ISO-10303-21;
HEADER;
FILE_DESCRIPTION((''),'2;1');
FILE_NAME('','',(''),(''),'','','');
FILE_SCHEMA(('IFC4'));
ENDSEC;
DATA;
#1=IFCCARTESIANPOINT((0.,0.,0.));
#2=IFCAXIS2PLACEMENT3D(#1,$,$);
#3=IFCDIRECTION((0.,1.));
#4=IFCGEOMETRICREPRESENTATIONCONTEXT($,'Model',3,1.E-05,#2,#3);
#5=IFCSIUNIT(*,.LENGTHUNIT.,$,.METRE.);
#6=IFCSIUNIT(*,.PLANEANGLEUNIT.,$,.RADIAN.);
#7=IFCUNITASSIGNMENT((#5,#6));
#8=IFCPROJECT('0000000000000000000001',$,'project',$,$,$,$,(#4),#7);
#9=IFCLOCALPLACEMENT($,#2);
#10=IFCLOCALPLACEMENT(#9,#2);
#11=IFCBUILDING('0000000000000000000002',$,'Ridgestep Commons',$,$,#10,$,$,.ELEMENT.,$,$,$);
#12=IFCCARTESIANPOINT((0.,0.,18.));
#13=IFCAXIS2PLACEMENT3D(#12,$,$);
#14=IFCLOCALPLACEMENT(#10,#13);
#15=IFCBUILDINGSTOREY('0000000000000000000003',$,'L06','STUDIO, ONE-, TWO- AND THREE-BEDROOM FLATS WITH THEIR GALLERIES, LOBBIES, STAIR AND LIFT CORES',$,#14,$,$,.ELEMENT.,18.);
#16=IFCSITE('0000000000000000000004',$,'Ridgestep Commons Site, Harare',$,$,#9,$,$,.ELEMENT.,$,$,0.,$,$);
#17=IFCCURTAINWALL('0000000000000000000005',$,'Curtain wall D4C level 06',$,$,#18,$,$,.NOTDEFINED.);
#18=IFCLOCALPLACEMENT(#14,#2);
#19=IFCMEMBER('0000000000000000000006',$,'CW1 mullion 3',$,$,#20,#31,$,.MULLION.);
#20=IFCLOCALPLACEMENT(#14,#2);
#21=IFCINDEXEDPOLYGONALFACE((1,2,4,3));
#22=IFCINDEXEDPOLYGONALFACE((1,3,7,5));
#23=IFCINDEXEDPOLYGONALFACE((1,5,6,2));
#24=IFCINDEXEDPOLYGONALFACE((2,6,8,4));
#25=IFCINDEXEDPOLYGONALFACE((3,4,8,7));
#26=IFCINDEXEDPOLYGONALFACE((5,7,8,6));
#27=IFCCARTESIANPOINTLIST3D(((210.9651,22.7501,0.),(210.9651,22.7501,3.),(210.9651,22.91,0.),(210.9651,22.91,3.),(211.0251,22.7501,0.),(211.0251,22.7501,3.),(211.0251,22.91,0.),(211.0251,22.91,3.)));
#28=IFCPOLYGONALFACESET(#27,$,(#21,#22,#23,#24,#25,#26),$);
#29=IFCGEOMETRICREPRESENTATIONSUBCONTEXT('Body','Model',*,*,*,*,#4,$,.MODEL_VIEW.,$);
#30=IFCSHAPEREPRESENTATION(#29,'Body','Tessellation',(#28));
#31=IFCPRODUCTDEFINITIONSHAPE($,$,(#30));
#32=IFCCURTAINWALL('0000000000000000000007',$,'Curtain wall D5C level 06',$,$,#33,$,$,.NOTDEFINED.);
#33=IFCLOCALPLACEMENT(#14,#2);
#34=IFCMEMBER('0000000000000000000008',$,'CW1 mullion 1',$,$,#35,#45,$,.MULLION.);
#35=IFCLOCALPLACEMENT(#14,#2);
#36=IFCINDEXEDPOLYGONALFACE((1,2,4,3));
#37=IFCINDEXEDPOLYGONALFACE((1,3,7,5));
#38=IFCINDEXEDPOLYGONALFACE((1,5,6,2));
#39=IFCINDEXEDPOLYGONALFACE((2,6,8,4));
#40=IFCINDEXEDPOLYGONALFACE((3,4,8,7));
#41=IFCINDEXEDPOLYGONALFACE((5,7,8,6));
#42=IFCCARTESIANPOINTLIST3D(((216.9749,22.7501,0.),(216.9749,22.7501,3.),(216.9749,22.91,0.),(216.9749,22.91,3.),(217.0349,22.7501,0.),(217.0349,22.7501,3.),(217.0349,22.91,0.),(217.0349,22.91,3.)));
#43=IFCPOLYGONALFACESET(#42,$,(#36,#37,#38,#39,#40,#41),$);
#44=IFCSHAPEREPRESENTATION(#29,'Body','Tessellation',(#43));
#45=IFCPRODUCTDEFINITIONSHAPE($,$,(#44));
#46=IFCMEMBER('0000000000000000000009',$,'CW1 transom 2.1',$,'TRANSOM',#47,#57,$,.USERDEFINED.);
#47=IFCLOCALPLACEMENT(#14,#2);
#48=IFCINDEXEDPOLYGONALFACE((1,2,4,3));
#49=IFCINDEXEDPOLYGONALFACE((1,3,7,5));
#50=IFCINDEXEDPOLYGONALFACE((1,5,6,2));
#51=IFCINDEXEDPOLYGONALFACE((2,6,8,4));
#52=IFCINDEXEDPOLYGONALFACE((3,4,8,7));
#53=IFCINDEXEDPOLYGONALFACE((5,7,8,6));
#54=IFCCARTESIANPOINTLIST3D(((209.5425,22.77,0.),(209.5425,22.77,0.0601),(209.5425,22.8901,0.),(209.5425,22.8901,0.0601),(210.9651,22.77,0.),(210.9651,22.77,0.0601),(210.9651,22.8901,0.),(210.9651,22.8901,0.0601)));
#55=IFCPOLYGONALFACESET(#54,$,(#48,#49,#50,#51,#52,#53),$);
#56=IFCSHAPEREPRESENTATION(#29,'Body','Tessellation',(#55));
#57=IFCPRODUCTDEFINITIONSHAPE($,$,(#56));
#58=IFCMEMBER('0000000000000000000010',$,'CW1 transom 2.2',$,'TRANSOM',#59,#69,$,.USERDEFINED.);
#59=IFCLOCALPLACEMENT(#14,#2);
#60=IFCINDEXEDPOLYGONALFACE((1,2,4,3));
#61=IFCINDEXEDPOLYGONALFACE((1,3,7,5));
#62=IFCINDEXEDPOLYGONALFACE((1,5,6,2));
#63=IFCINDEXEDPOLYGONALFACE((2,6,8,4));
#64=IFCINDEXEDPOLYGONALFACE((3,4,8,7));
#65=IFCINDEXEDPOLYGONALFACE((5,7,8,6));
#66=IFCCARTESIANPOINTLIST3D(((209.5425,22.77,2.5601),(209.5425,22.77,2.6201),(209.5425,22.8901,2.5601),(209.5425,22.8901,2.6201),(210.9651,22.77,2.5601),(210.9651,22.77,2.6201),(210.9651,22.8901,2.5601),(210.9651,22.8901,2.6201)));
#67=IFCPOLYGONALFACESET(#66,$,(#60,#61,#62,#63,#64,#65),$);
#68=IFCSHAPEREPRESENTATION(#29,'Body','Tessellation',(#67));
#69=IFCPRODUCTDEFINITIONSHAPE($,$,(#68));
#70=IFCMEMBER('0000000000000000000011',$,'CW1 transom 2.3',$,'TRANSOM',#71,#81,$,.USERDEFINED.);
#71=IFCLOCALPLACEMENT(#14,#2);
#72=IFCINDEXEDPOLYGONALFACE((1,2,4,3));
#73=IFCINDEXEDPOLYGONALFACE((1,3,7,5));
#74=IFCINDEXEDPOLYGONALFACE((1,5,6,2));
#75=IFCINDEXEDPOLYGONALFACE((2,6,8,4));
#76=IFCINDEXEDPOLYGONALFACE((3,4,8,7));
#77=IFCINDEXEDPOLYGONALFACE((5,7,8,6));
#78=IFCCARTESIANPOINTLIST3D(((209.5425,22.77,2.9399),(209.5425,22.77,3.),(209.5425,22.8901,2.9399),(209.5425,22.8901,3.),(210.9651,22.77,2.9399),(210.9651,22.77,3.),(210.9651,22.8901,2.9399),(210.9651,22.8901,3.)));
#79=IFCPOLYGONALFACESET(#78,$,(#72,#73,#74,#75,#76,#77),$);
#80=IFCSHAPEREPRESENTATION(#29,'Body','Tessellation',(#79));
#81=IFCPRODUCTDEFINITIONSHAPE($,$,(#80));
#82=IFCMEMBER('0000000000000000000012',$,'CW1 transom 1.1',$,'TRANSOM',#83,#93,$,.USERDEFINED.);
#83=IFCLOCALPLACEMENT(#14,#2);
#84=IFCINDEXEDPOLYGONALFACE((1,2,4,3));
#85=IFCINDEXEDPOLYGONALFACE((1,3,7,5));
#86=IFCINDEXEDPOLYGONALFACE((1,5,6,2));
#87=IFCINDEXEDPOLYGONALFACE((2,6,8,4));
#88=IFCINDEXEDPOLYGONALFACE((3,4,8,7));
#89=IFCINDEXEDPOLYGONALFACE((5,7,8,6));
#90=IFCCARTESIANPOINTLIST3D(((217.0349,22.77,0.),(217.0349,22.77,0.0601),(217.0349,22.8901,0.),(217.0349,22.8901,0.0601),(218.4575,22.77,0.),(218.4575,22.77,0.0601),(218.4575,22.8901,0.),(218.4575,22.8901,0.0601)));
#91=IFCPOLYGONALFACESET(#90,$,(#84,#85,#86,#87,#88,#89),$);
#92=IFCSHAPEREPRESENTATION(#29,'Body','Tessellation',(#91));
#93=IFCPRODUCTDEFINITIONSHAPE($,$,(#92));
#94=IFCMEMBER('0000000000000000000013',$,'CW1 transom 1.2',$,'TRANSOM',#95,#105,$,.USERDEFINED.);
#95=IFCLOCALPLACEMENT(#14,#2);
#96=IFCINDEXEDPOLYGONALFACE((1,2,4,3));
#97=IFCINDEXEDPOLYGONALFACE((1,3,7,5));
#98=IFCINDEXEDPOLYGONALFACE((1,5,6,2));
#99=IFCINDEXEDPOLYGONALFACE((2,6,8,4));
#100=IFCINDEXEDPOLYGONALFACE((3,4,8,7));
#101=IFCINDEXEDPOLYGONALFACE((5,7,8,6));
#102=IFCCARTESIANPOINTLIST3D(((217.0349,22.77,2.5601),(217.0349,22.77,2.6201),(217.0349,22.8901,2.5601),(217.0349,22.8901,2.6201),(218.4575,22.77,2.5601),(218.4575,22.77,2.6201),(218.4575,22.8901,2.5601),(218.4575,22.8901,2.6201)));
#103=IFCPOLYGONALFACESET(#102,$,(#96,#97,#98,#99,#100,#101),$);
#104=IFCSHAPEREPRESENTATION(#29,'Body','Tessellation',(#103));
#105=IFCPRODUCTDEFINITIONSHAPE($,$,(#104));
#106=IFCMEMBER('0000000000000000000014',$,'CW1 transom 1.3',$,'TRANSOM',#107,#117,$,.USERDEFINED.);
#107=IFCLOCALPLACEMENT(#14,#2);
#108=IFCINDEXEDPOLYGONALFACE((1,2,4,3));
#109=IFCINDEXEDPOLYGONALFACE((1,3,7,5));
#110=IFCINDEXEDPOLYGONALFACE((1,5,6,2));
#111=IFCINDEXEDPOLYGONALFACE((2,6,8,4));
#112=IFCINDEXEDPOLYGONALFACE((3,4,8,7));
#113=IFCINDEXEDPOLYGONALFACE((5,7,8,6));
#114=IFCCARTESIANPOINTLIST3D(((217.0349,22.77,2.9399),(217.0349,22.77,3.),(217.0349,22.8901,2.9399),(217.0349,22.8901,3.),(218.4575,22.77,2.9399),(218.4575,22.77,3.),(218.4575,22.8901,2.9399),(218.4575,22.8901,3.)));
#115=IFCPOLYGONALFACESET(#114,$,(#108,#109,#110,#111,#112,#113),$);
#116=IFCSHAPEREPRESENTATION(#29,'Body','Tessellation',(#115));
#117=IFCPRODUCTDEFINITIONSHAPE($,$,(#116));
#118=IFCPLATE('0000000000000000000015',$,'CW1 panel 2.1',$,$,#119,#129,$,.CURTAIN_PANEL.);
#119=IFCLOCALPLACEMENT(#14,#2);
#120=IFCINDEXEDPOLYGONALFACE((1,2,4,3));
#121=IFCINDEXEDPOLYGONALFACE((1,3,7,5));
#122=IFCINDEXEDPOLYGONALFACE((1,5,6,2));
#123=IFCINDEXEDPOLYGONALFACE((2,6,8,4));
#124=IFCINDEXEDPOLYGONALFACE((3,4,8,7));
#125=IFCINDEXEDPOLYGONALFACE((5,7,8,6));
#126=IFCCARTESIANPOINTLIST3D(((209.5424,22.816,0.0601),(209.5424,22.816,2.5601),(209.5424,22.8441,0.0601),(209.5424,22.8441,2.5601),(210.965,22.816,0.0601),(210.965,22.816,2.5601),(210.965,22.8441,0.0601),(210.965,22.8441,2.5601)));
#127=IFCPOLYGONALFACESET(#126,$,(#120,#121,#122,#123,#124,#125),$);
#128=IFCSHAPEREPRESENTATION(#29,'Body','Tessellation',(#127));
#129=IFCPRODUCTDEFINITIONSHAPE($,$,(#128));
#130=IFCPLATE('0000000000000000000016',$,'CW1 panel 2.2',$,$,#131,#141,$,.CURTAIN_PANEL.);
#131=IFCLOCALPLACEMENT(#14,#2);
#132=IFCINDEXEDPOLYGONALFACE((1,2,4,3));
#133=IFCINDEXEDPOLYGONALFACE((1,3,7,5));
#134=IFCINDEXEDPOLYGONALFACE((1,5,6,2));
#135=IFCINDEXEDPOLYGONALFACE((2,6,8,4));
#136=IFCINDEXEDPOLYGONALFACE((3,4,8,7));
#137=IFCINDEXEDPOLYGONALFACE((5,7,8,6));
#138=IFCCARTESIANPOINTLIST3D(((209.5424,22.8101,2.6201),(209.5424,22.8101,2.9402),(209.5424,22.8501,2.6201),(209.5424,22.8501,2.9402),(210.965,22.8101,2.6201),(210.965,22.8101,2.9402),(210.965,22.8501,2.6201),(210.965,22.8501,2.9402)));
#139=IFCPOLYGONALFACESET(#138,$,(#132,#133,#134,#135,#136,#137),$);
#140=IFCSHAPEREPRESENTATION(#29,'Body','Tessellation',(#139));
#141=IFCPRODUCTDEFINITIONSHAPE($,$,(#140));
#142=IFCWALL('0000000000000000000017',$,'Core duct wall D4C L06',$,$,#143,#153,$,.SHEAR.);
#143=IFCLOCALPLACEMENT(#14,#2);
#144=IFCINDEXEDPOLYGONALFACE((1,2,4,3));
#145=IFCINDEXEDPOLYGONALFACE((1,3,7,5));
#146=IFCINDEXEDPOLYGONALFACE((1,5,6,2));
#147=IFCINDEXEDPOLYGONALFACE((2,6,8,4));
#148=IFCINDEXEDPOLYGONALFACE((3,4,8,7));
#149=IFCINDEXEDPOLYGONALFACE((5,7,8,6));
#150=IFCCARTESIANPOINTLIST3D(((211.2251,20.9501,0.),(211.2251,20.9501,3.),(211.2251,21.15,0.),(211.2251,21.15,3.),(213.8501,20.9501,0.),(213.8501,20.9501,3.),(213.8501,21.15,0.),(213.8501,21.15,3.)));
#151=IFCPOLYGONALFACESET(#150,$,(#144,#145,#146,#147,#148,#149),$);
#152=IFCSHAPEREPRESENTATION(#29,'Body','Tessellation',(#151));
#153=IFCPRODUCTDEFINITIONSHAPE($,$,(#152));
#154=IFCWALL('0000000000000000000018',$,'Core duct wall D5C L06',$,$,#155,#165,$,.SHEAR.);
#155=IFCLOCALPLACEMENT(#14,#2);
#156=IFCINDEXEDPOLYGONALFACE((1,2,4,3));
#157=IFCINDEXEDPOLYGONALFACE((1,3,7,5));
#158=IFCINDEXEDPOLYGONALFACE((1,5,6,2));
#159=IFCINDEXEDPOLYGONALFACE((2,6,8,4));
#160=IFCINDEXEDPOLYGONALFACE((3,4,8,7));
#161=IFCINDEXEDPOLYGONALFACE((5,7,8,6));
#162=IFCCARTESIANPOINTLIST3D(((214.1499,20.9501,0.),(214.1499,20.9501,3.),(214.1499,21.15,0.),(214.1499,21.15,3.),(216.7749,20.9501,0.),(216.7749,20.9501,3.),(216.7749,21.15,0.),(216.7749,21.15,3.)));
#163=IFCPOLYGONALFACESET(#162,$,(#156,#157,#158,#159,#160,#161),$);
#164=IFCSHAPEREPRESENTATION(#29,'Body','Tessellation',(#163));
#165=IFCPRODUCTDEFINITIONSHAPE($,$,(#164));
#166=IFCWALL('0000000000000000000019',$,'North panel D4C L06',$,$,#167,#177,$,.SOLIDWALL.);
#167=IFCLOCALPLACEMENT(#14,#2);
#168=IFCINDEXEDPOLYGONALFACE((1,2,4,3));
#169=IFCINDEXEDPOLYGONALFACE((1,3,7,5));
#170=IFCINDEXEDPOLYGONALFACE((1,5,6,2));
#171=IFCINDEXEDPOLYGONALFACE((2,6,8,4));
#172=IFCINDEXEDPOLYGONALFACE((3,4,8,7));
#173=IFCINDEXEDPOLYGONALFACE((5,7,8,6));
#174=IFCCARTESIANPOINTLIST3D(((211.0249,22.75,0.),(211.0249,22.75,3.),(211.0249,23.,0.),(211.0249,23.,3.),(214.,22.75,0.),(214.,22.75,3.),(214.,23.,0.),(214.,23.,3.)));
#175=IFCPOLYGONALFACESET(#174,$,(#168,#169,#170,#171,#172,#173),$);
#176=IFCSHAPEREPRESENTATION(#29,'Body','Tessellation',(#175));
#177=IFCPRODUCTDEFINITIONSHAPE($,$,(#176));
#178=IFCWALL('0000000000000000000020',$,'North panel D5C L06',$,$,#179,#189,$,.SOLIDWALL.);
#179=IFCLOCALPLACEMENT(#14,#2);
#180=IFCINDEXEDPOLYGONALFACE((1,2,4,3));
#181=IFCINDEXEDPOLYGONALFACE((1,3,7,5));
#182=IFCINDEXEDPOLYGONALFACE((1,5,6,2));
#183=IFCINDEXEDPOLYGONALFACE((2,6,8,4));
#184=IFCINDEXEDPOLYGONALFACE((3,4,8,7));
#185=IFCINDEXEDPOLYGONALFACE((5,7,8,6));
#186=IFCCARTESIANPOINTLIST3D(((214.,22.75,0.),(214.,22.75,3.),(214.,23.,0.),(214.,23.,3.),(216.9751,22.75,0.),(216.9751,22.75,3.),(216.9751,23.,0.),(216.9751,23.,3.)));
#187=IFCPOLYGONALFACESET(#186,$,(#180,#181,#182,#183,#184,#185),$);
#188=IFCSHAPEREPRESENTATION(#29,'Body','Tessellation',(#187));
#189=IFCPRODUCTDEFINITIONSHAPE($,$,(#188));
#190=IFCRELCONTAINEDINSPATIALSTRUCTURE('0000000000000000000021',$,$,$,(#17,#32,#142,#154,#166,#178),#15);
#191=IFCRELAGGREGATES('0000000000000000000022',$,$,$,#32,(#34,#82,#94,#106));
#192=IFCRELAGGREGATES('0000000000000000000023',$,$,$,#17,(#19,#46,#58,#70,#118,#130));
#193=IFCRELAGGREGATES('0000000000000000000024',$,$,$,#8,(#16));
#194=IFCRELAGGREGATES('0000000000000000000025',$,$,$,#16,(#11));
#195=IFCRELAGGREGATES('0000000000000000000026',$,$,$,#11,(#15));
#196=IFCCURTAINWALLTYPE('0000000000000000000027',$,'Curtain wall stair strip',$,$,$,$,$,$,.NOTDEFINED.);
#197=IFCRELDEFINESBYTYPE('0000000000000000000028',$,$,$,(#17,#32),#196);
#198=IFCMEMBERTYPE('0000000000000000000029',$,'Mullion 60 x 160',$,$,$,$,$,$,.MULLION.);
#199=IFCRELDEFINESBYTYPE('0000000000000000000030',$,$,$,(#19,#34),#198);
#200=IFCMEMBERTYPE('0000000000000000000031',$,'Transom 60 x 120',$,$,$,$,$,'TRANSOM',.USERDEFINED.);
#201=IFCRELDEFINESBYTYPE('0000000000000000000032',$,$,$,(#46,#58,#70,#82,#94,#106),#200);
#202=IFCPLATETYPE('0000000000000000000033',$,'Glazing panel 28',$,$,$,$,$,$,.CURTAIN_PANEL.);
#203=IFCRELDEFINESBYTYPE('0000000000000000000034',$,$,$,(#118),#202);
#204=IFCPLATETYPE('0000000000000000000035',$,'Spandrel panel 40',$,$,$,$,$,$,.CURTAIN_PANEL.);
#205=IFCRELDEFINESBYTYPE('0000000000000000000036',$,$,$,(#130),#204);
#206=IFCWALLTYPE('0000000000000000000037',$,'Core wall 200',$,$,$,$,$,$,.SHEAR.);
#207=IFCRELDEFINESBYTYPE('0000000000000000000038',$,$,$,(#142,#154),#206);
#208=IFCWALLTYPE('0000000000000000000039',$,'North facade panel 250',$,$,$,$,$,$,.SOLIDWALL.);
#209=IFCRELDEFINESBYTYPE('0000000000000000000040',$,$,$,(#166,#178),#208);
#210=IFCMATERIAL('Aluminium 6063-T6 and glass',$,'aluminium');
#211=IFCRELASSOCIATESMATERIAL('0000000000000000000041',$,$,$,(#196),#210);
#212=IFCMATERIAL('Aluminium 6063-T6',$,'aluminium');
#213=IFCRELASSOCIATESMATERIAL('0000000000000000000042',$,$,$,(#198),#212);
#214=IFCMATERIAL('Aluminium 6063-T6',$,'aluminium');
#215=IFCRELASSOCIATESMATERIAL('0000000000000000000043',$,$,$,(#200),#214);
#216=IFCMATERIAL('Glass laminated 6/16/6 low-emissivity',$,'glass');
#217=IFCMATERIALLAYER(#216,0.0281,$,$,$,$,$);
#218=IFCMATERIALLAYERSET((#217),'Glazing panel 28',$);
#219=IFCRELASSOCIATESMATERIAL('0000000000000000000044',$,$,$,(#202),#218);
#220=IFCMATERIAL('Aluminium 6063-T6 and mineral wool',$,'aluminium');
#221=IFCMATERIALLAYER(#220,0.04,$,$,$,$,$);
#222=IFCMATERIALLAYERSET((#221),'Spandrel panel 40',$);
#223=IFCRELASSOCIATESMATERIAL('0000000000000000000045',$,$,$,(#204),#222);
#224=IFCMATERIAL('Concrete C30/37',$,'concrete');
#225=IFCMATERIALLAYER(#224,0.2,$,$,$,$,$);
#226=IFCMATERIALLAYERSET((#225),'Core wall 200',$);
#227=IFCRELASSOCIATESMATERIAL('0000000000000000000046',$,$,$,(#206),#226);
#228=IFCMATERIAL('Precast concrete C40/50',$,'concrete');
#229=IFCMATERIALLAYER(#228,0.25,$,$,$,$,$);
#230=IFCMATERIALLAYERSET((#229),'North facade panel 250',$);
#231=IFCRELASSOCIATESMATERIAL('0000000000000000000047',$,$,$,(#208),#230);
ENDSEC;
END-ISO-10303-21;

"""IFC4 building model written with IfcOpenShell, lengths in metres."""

from ifc_helpers import new_model, si_unit, direction, frame, frame_2d, origin, origin_2d, place, context, subcontext, project, spatial, rectangle, extrude, material, layer, layer_set, material_profile, profile_set, type_object, element, aggregate, save


model = new_model("IFC4")

# Units and contexts
model_context = context("Model", 3, precision=1e-05, world=origin(), true_north=direction((0.0, 1.0)))
body_context = subcontext(model_context, "Body", "Model", "MODEL_VIEW")
ifc_project = project(units=[si_unit("LENGTHUNIT", "METRE"), si_unit("PLANEANGLEUNIT", "RADIAN")], contexts=[model_context])

# Site, building, storey
site_placement = place(None, origin())
site = spatial("IfcSite", under=ifc_project, at=site_placement, Name="Ridgestep Commons Site, Harare", CompositionType="ELEMENT", RefElevation=0.0)
building_placement = place(site_placement, origin())
building = spatial("IfcBuilding", under=site, at=building_placement, Name="Ridgestep Commons", CompositionType="ELEMENT")
storey_placement = place(building_placement, frame((0.0, 0.0, 18.0)))
storey = spatial("IfcBuildingStorey", under=building, at=storey_placement, Name="L06", Description="STUDIO, ONE-, TWO- AND THREE-BEDROOM FLATS WITH THEIR GALLERIES, LOBBIES, STAIR AND LIFT CORES", CompositionType="ELEMENT", Elevation=18.0)

# Curtain walls, members
ifc_material_1 = material(Name="Aluminium 6063-T6 and glass", Category="aluminium")
curtain_wall_type = type_object("IfcCurtainWallType", Name="Curtain wall stair strip", PredefinedType="NOTDEFINED", material=ifc_material_1)
curtain_wall_1_placement = place(storey_placement, origin())
curtain_wall_1 = element("IfcCurtainWall", 1, at=curtain_wall_1_placement, inside=storey, type_object=curtain_wall_type, Name="Curtain wall D4C level 06", PredefinedType="NOTDEFINED")
ifc_material_2 = material(Name="Aluminium 6063-T6", Category="aluminium")
ifc_material_profile_1 = material_profile(ifc_material_2, rectangle(XDim=0.1599, YDim=0.0601, at=origin_2d()), Name="Mullion 60 x 160")
ifc_profile_set_1 = profile_set([ifc_material_profile_1], Name="Aluminium 6063-T6")
member_type_1 = type_object("IfcMemberType", Name="Mullion 60 x 160", PredefinedType="MULLION", material=ifc_profile_set_1)
member_1_placement = place(storey_placement, frame((210.9951, 22.8301, 0.0), z_axis=(0.0, 0.0, 1.0), x_axis=(0.0, 1.0, 0.0)))
member_1 = element("IfcMember", 2, at=member_1_placement, type_object=member_type_1, Name="CW1 mullion 3", PredefinedType="MULLION", context=body_context, shape_type="SweptSolid", body=[
    extrude(rectangle(XDim=0.1599, YDim=0.0601, at=origin_2d()), origin(), (0.0, 0.0, 1.0), 3.0),
])
curtain_wall_2_placement = place(storey_placement, origin())
curtain_wall_2 = element("IfcCurtainWall", 3, at=curtain_wall_2_placement, inside=storey, type_object=curtain_wall_type, Name="Curtain wall D5C level 06", PredefinedType="NOTDEFINED")
member_2_placement = place(storey_placement, frame((217.0049, 22.8301, 0.0), z_axis=(0.0, 0.0, 1.0), x_axis=(0.0, 1.0, 0.0)))
member_2 = element("IfcMember", 4, at=member_2_placement, type_object=member_type_1, Name="CW1 mullion 1", PredefinedType="MULLION", context=body_context, shape_type="SweptSolid", body=[
    extrude(rectangle(XDim=0.1599, YDim=0.0601, at=origin_2d()), origin(), (0.0, 0.0, 1.0), 3.0),
])

# Members
ifc_material_3 = material(Name="Aluminium 6063-T6", Category="aluminium")
ifc_material_profile_2 = material_profile(ifc_material_3, rectangle(XDim=0.1201, YDim=0.0601, at=origin_2d()), Name="Transom 60 x 120")
ifc_profile_set_2 = profile_set([ifc_material_profile_2], Name="Aluminium 6063-T6")
member_type_2 = type_object("IfcMemberType", Name="Transom 60 x 120", ElementType="TRANSOM", PredefinedType="USERDEFINED", material=ifc_profile_set_2)
member_3_placement = place(storey_placement, frame((209.5425, 22.8301, 0.03), z_axis=(1.0, 0.0, 0.0), x_axis=(0.0, 1.0, 0.0)))
member_3 = element("IfcMember", 5, at=member_3_placement, type_object=member_type_2, Name="CW1 transom 2.1", ObjectType="TRANSOM", PredefinedType="USERDEFINED", context=body_context, shape_type="SweptSolid", body=[
    extrude(rectangle(XDim=0.1201, YDim=0.0601, at=origin_2d()), origin(), (0.0, 0.0, 1.0), 1.4226),
])
member_4_placement = place(storey_placement, frame((209.5425, 22.8301, 2.5901), z_axis=(1.0, 0.0, 0.0), x_axis=(0.0, 1.0, 0.0)))
member_4 = element("IfcMember", 6, at=member_4_placement, type_object=member_type_2, Name="CW1 transom 2.2", ObjectType="TRANSOM", PredefinedType="USERDEFINED", context=body_context, shape_type="SweptSolid", body=[
    extrude(rectangle(XDim=0.1201, YDim=0.0601, at=origin_2d()), origin(), (0.0, 0.0, 1.0), 1.4226),
])
member_5_placement = place(storey_placement, frame((209.5425, 22.8301, 2.97), z_axis=(1.0, 0.0, 0.0), x_axis=(0.0, 1.0, 0.0)))
member_5 = element("IfcMember", 7, at=member_5_placement, type_object=member_type_2, Name="CW1 transom 2.3", ObjectType="TRANSOM", PredefinedType="USERDEFINED", context=body_context, shape_type="SweptSolid", body=[
    extrude(rectangle(XDim=0.1201, YDim=0.0601, at=origin_2d()), origin(), (0.0, 0.0, 1.0), 1.4226),
])
member_6_placement = place(storey_placement, frame((217.0349, 22.8301, 0.03), z_axis=(1.0, 0.0, 0.0), x_axis=(0.0, 1.0, 0.0)))
member_6 = element("IfcMember", 8, at=member_6_placement, type_object=member_type_2, Name="CW1 transom 1.1", ObjectType="TRANSOM", PredefinedType="USERDEFINED", context=body_context, shape_type="SweptSolid", body=[
    extrude(rectangle(XDim=0.1201, YDim=0.0601, at=origin_2d()), origin(), (0.0, 0.0, 1.0), 1.4226),
])
member_7_placement = place(storey_placement, frame((217.0349, 22.8301, 2.5901), z_axis=(1.0, 0.0, 0.0), x_axis=(0.0, 1.0, 0.0)))
member_7 = element("IfcMember", 9, at=member_7_placement, type_object=member_type_2, Name="CW1 transom 1.2", ObjectType="TRANSOM", PredefinedType="USERDEFINED", context=body_context, shape_type="SweptSolid", body=[
    extrude(rectangle(XDim=0.1201, YDim=0.0601, at=origin_2d()), origin(), (0.0, 0.0, 1.0), 1.4226),
])
member_8_placement = place(storey_placement, frame((217.0349, 22.8301, 2.97), z_axis=(1.0, 0.0, 0.0), x_axis=(0.0, 1.0, 0.0)))
member_8 = element("IfcMember", 10, at=member_8_placement, type_object=member_type_2, Name="CW1 transom 1.3", ObjectType="TRANSOM", PredefinedType="USERDEFINED", context=body_context, shape_type="SweptSolid", body=[
    extrude(rectangle(XDim=0.1201, YDim=0.0601, at=origin_2d()), origin(), (0.0, 0.0, 1.0), 1.4226),
])
aggregate(curtain_wall_2, [member_2, member_6, member_7, member_8])

# Plates
ifc_material_4 = material(Name="Glass laminated 6/16/6 low-emissivity", Category="glass")
ifc_layer_1 = layer(ifc_material_4, 0.0281)
ifc_layer_set_1 = layer_set([ifc_layer_1], Name="Glazing panel 28")
plate_type_1 = type_object("IfcPlateType", Name="Glazing panel 28", PredefinedType="CURTAIN_PANEL", material=ifc_layer_set_1)
plate_1_placement = place(storey_placement, frame((210.2537, 22.8301, 0.0601), z_axis=(0.0, 0.0, 1.0), x_axis=(1.0, 0.0, 0.0)))
plate_1 = element("IfcPlate", 11, at=plate_1_placement, type_object=plate_type_1, Name="CW1 panel 2.1", PredefinedType="CURTAIN_PANEL", context=body_context, shape_type="SweptSolid", body=[
    extrude(rectangle(XDim=1.4226, YDim=0.0281, at=origin_2d()), origin(), (0.0, 0.0, 1.0), 2.5),
])
ifc_material_5 = material(Name="Aluminium 6063-T6 and mineral wool", Category="aluminium")
ifc_layer_2 = layer(ifc_material_5, 0.04)
ifc_layer_set_2 = layer_set([ifc_layer_2], Name="Spandrel panel 40")
plate_type_2 = type_object("IfcPlateType", Name="Spandrel panel 40", PredefinedType="CURTAIN_PANEL", material=ifc_layer_set_2)
plate_2_placement = place(storey_placement, frame((210.2537, 22.8301, 2.6201), z_axis=(0.0, 0.0, 1.0), x_axis=(1.0, 0.0, 0.0)))
plate_2 = element("IfcPlate", 12, at=plate_2_placement, type_object=plate_type_2, Name="CW1 panel 2.2", PredefinedType="CURTAIN_PANEL", context=body_context, shape_type="SweptSolid", body=[
    extrude(rectangle(XDim=1.4226, YDim=0.04, at=origin_2d()), origin(), (0.0, 0.0, 1.0), 0.3201),
])
aggregate(curtain_wall_1, [member_1, member_3, member_4, member_5, plate_1, plate_2])

# Walls
ifc_material_6 = material(Name="Concrete C30/37", Category="concrete")
ifc_layer_3 = layer(ifc_material_6, 0.2)
ifc_layer_set_3 = layer_set([ifc_layer_3], Name="Core wall 200")
wall_type_1 = type_object("IfcWallType", Name="Core wall 200", PredefinedType="SHEAR", material=ifc_layer_set_3)
for number, where, z_axis, x_axis, name in (
    (13, (211.2251, 21.05, 0.0), (0.0, 0.0, 1.0), (1.0, 0.0, 0.0), "Core duct wall D4C L06"),
    (14, (214.1499, 21.05, 0.0), (0.0, 0.0, 1.0), (1.0, 0.0, 0.0), "Core duct wall D5C L06"),
):
    element("IfcWall", number, at=place(storey_placement, frame(where, z_axis=z_axis, x_axis=x_axis)), inside=storey, type_object=wall_type_1, Name=name, PredefinedType="SHEAR", context=body_context, shape_type="SweptSolid", body=[
        extrude(rectangle(XDim=2.625, YDim=0.2, at=frame_2d((1.3125, 0.0))), origin(), (0.0, 0.0, 1.0), 3.0),
    ])
ifc_material_7 = material(Name="Precast concrete C40/50", Category="concrete")
ifc_layer_4 = layer(ifc_material_7, 0.25)
ifc_layer_set_4 = layer_set([ifc_layer_4], Name="North facade panel 250")
wall_type_2 = type_object("IfcWallType", Name="North facade panel 250", PredefinedType="SOLIDWALL", material=ifc_layer_set_4)
for number, where, z_axis, x_axis, name in (
    (15, (211.0249, 22.875, 0.0), (0.0, 0.0, 1.0), (1.0, 0.0, 0.0), "North panel D4C L06"),
    (16, (214.0, 22.875, 0.0), (0.0, 0.0, 1.0), (1.0, 0.0, 0.0), "North panel D5C L06"),
):
    element("IfcWall", number, at=place(storey_placement, frame(where, z_axis=z_axis, x_axis=x_axis)), inside=storey, type_object=wall_type_2, Name=name, PredefinedType="SOLIDWALL", context=body_context, shape_type="SweptSolid", body=[
        extrude(rectangle(XDim=2.9751, YDim=0.25, at=frame_2d((1.4875, 0.0))), origin(), (0.0, 0.0, 1.0), 3.0),
    ])

save(model, "model.ifc")
